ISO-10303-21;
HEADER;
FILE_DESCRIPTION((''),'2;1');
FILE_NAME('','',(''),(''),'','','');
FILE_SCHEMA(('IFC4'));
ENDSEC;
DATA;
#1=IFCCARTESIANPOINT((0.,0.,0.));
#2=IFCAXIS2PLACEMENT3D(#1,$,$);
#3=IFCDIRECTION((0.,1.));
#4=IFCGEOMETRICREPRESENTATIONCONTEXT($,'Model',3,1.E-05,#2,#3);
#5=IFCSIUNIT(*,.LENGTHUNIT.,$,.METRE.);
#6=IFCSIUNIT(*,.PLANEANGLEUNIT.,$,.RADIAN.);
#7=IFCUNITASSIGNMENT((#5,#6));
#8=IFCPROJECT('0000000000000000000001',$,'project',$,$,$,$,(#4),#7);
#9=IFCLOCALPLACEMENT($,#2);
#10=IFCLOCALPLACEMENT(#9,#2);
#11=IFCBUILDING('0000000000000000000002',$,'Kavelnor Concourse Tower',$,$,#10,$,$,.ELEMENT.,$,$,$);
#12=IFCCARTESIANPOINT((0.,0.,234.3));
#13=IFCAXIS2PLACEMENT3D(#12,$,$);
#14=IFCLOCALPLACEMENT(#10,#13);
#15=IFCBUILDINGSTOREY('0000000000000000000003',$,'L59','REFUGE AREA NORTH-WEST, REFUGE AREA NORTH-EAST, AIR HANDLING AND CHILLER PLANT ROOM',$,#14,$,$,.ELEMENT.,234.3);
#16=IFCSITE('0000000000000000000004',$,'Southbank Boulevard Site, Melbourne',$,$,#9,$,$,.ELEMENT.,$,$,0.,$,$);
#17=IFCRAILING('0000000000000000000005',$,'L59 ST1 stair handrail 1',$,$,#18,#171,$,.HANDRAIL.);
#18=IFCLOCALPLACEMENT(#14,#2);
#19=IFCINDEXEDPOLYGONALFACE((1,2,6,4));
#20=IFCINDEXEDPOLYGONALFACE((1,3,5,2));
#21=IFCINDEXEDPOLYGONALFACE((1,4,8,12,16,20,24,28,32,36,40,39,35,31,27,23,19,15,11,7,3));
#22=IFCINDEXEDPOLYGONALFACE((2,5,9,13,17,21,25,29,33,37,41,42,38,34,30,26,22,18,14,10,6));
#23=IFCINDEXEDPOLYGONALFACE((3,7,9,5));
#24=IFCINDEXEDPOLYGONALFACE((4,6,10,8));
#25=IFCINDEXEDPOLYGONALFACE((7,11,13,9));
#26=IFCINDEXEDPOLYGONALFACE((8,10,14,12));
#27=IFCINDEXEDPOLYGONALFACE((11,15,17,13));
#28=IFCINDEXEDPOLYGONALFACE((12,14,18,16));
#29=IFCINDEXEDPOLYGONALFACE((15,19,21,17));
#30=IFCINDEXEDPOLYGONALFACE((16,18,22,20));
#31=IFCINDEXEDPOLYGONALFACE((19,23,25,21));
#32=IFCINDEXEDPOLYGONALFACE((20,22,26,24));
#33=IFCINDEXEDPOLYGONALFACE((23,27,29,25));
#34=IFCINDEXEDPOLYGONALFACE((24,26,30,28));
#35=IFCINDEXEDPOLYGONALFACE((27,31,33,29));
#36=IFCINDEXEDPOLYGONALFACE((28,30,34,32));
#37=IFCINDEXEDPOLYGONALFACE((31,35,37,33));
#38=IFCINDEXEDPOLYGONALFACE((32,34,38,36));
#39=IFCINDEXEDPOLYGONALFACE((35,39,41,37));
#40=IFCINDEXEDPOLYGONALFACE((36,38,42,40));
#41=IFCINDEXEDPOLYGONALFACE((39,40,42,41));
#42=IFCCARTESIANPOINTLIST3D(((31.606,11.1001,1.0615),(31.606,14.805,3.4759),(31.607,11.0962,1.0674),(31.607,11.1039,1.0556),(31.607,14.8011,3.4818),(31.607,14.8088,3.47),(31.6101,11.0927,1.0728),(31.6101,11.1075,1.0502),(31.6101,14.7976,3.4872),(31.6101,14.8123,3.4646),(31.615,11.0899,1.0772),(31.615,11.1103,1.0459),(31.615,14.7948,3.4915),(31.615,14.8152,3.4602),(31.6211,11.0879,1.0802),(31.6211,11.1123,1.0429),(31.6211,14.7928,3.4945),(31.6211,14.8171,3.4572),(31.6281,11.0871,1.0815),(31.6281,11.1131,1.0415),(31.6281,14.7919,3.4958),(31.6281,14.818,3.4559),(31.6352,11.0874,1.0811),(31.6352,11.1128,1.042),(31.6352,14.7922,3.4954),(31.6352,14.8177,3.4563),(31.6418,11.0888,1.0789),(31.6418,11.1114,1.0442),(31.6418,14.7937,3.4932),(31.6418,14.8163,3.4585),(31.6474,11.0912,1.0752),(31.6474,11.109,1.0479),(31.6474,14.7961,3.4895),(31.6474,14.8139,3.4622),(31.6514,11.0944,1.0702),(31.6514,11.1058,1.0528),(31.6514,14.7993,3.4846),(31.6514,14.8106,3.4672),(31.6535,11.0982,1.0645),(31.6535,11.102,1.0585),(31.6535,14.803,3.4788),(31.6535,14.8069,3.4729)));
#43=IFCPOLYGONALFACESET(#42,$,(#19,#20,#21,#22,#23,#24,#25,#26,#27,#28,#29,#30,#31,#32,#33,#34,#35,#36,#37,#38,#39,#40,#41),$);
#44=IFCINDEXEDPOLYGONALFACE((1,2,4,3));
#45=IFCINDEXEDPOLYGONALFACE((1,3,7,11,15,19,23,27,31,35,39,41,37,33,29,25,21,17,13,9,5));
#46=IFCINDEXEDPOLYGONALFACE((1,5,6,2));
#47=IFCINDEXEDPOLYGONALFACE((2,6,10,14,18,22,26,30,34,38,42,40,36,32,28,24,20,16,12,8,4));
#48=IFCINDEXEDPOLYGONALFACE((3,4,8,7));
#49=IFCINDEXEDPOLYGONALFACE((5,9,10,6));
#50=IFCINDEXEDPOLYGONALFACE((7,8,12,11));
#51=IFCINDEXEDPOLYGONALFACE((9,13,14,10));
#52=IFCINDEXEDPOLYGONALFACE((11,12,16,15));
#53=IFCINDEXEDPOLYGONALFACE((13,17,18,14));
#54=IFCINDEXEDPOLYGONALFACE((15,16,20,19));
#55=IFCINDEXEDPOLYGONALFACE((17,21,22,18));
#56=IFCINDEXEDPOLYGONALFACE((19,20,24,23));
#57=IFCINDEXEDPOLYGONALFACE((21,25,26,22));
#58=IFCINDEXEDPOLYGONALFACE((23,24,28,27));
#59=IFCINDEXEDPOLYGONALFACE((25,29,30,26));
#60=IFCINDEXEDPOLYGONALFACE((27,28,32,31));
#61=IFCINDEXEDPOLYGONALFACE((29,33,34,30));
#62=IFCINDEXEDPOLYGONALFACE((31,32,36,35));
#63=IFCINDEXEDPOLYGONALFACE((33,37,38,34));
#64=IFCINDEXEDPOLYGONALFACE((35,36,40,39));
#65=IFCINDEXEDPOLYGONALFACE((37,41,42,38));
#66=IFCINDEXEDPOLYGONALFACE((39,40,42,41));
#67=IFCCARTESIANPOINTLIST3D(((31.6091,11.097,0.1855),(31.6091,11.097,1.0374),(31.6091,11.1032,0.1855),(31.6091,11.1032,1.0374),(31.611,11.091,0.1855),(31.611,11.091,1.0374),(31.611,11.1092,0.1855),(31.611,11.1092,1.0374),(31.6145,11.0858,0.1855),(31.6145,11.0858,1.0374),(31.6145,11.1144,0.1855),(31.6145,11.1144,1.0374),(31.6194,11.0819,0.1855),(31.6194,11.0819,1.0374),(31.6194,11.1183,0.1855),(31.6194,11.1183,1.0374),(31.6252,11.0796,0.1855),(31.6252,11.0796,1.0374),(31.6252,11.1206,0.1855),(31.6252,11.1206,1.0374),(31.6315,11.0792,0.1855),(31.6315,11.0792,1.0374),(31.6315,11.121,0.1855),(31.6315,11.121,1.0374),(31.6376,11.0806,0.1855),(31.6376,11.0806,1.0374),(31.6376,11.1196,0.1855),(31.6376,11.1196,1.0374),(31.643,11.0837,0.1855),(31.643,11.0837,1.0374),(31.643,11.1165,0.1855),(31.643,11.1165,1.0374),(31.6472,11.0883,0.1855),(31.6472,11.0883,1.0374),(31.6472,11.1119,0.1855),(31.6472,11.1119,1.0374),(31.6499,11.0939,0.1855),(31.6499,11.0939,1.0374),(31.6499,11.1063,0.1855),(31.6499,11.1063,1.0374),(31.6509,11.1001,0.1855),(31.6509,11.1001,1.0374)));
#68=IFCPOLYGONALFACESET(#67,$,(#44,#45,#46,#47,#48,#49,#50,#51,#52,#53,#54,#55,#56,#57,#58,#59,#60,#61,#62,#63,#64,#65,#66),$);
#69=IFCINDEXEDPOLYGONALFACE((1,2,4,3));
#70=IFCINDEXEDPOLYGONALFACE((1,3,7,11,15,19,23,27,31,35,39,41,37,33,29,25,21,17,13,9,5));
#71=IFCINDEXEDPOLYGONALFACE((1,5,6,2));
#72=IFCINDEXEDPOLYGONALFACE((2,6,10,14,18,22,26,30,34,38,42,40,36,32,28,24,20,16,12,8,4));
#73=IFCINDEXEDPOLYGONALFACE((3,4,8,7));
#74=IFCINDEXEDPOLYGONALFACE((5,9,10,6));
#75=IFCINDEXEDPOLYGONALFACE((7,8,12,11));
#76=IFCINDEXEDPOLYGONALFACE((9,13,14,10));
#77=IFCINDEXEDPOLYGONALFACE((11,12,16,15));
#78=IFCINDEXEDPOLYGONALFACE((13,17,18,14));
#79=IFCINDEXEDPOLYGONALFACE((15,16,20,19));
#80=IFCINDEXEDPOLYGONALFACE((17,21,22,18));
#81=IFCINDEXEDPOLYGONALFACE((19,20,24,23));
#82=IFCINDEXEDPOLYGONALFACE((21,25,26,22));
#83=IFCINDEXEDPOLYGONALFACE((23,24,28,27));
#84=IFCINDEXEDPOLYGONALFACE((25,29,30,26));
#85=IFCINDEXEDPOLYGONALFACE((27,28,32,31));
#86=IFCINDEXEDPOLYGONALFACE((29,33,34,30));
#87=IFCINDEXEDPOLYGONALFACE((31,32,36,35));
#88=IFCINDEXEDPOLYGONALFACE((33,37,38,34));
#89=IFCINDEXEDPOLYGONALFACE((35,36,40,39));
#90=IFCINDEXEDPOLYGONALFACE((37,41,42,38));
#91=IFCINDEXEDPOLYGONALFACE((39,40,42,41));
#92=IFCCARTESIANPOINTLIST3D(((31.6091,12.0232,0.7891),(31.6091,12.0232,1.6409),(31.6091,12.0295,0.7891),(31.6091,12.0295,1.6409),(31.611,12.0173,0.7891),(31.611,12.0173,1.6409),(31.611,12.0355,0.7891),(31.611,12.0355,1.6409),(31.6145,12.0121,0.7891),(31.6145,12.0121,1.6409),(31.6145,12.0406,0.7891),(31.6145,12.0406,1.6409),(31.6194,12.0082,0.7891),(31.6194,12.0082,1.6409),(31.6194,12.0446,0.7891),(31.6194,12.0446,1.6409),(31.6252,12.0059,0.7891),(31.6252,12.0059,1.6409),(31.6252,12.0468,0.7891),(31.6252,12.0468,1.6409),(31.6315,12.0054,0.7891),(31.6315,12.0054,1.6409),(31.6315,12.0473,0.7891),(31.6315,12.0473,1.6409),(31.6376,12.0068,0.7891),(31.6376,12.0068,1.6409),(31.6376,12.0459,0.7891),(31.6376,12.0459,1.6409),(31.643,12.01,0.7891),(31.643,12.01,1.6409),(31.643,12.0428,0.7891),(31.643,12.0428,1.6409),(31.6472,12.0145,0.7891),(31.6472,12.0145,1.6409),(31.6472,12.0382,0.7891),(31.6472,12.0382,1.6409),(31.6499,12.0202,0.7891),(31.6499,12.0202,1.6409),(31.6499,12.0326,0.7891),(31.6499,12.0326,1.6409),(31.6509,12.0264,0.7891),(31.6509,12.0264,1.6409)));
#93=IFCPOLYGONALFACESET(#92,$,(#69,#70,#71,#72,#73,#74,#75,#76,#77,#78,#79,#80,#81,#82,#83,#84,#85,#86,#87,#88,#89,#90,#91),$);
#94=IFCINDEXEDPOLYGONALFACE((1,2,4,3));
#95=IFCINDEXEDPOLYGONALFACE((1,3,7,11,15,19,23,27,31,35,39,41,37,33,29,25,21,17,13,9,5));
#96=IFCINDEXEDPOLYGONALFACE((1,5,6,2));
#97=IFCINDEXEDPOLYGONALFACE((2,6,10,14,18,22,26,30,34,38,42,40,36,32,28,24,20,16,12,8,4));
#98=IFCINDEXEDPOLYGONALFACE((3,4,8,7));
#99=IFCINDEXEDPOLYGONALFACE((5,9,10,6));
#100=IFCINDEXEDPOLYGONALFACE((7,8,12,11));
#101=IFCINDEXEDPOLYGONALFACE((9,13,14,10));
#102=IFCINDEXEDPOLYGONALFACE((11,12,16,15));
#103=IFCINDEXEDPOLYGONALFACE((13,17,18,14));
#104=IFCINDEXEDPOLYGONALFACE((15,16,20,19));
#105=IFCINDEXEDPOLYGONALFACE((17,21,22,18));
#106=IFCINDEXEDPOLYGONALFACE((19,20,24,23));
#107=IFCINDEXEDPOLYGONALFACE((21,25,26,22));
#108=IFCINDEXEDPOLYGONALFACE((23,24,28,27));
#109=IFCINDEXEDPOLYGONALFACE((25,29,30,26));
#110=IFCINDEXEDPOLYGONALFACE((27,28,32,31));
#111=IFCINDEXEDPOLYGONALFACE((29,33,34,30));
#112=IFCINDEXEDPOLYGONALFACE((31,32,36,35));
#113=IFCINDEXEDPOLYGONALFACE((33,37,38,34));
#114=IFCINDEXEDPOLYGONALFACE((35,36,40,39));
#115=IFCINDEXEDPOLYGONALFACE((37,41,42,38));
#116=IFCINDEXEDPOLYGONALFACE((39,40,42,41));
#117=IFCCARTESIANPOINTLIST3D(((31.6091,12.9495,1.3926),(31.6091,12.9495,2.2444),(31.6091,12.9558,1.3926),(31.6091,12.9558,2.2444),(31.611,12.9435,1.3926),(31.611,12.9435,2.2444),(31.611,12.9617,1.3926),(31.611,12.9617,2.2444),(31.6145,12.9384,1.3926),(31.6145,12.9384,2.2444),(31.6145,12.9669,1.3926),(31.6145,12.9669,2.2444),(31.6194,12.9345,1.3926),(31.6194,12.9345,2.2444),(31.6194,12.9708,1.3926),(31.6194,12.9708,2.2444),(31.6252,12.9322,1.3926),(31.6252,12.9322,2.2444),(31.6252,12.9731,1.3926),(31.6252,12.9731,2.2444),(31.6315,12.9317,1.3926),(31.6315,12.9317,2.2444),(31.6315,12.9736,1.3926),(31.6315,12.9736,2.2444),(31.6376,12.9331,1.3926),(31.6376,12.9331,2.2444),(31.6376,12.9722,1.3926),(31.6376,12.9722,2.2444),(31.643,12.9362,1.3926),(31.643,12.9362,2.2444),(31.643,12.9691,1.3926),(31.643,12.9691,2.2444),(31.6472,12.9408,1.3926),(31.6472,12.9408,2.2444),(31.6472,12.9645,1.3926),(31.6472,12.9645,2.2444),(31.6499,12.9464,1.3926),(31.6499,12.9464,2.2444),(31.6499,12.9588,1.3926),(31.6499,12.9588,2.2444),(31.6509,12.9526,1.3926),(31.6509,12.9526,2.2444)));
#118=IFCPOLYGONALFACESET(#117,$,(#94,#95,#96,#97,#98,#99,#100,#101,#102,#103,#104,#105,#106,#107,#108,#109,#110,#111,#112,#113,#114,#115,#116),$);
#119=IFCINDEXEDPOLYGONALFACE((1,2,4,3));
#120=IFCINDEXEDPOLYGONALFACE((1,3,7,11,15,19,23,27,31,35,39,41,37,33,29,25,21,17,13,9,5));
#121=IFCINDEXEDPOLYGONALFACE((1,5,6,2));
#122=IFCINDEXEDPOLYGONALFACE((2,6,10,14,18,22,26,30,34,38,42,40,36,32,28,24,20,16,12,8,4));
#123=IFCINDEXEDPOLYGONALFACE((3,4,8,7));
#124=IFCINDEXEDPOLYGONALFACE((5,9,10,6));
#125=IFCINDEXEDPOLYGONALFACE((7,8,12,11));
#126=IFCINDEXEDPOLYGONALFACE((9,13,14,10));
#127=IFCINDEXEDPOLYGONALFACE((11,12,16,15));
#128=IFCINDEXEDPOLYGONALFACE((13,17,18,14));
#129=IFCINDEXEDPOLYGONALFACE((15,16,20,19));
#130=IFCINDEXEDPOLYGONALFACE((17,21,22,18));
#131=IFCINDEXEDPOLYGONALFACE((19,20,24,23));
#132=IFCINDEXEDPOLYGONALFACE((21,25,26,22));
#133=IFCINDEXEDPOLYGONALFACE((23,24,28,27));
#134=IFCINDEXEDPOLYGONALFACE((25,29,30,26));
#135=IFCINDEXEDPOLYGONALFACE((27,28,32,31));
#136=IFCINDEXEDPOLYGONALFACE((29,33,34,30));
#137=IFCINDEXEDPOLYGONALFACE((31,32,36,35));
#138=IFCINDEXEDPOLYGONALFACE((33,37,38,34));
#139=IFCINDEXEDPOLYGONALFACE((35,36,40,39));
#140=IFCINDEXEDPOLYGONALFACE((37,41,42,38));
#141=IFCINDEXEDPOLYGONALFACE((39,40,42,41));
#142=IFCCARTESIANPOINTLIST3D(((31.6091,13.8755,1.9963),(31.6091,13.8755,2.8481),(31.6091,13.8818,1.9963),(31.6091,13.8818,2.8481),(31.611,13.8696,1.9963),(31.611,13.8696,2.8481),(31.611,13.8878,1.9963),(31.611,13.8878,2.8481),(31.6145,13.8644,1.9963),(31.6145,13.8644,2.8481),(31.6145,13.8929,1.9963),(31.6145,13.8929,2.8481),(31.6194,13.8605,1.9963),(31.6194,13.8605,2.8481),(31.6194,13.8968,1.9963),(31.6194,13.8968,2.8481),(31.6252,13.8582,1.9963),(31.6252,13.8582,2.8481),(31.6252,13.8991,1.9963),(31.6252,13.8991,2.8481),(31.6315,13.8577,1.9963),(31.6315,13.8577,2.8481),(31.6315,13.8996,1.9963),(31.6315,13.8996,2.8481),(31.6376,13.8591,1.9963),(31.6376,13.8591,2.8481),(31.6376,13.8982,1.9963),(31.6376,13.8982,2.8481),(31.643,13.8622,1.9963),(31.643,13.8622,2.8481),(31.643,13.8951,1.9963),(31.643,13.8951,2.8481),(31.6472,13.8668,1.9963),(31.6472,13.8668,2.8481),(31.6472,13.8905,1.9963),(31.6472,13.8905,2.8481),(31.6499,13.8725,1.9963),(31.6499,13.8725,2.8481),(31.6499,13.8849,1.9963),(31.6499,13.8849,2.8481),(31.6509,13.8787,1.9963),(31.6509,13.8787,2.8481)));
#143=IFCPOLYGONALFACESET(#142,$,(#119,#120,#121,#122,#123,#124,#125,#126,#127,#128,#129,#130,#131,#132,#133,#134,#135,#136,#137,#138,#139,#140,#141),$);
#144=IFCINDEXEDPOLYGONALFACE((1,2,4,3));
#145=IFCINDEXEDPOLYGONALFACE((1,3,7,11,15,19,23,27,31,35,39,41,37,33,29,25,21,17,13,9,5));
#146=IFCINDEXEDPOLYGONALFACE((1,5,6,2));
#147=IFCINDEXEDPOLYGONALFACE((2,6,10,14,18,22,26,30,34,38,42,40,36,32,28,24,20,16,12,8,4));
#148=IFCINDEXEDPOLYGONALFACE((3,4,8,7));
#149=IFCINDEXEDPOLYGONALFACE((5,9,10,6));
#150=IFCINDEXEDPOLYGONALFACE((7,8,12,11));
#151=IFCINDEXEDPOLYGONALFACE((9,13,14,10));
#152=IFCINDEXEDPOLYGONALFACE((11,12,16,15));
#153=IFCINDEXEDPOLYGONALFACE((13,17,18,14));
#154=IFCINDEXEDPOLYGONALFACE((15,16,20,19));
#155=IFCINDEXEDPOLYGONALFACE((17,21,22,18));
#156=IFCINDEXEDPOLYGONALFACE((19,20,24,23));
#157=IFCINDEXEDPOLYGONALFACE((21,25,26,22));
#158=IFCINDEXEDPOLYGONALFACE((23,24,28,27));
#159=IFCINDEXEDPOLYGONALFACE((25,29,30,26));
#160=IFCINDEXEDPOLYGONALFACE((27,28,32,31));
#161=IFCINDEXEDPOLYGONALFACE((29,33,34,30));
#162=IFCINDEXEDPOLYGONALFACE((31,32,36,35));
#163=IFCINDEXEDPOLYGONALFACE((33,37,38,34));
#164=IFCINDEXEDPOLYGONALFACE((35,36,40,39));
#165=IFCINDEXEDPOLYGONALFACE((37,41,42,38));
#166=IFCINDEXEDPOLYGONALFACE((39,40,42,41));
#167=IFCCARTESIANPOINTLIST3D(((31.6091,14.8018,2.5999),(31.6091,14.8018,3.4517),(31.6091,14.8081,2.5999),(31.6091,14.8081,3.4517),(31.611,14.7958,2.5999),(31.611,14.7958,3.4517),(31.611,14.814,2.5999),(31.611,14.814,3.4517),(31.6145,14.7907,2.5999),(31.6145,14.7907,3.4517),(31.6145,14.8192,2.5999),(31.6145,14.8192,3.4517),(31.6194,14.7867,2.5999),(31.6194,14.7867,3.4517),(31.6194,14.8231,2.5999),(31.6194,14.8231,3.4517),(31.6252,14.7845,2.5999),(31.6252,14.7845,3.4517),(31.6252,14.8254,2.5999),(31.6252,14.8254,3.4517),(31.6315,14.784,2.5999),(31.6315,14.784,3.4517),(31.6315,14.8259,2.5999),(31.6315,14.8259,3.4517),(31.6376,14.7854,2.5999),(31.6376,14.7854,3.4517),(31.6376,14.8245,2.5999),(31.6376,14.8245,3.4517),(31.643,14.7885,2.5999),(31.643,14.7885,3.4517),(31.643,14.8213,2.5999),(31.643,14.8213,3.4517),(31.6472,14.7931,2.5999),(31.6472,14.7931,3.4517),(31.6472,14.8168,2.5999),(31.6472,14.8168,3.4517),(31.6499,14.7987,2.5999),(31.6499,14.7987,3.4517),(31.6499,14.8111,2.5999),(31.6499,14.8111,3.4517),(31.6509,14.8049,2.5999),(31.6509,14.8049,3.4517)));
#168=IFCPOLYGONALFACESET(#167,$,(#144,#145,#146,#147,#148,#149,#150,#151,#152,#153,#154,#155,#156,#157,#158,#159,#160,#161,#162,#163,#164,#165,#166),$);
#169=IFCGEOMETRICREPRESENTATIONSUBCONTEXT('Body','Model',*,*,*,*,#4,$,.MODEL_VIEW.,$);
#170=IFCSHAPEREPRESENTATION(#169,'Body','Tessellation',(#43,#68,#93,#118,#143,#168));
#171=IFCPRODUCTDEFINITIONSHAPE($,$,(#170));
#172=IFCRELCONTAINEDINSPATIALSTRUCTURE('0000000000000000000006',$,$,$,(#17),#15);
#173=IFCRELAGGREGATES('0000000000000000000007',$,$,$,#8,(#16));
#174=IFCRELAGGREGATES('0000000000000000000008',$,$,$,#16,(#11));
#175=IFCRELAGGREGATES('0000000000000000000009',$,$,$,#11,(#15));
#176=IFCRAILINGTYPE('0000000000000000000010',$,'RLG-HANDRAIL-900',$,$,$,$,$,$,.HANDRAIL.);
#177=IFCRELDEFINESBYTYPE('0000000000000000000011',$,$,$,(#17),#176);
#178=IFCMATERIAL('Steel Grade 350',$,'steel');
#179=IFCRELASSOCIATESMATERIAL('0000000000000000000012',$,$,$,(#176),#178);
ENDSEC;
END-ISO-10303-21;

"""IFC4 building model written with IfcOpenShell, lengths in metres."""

from ifc_helpers import new_model, si_unit, direction, frame, origin, origin_2d, place, context, subcontext, project, spatial, circle, extrude, material, type_object, element, save


model = new_model("IFC4")

# Units and contexts
model_context = context("Model", 3, precision=1e-05, world=origin(), true_north=direction((0.0, 1.0)))
body_context = subcontext(model_context, "Body", "Model", "MODEL_VIEW")
ifc_project = project(units=[si_unit("LENGTHUNIT", "METRE"), si_unit("PLANEANGLEUNIT", "RADIAN")], contexts=[model_context])

# Site, building, storey
site_placement = place(None, origin())
site = spatial("IfcSite", under=ifc_project, at=site_placement, Name="Southbank Boulevard Site, Melbourne", CompositionType="ELEMENT", RefElevation=0.0)
building_placement = place(site_placement, origin())
building = spatial("IfcBuilding", under=site, at=building_placement, Name="Kavelnor Concourse Tower", CompositionType="ELEMENT")
storey_placement = place(building_placement, frame((0.0, 0.0, 234.3)))
storey = spatial("IfcBuildingStorey", under=building, at=storey_placement, Name="L59", Description="REFUGE AREA NORTH-WEST, REFUGE AREA NORTH-EAST, AIR HANDLING AND CHILLER PLANT ROOM", CompositionType="ELEMENT", Elevation=234.3)

# Shared definitions
ifc_material_1 = material(Name="Steel Grade 350", Category="steel")

# Railing
railing_type_1 = type_object("IfcRailingType", Name="RLG-HANDRAIL-900", PredefinedType="HANDRAIL", material=ifc_material_1)
railing_1_placement = place(storey_placement, frame((31.6299, 11.1001, 0.1855)))
element("IfcRailing", 1, at=railing_1_placement, inside=storey, type_object=railing_type_1, Name="L59 ST1 stair handrail 1", PredefinedType="HANDRAIL", context=body_context, shape_type="SweptSolid", body=[
    extrude(circle(Radius=0.0239, at=origin_2d()), frame((0.0, 0.0, 0.876), z_axis=(0.0, 0.837806, 0.545968), x_axis=(-1.0, 0.0, 0.0)), (0.0, 0.0, 1.0), 4.4221),
    extrude(circle(Radius=0.021, at=origin_2d()), origin(), (0.0, 0.0, 1.0), 0.8518),
    extrude(circle(Radius=0.021, at=origin_2d()), frame((0.0, 0.9263, 0.6035)), (0.0, 0.0, 1.0), 0.8518),
    extrude(circle(Radius=0.021, at=origin_2d()), frame((0.0, 1.8525, 1.207)), (0.0, 0.0, 1.0), 0.8518),
    extrude(circle(Radius=0.021, at=origin_2d()), frame((0.0, 2.7786, 1.8108)), (0.0, 0.0, 1.0), 0.8518),
    extrude(circle(Radius=0.021, at=origin_2d()), frame((0.0, 3.7048, 2.4143)), (0.0, 0.0, 1.0), 0.8518),
])

save(model, "model.ifc")
